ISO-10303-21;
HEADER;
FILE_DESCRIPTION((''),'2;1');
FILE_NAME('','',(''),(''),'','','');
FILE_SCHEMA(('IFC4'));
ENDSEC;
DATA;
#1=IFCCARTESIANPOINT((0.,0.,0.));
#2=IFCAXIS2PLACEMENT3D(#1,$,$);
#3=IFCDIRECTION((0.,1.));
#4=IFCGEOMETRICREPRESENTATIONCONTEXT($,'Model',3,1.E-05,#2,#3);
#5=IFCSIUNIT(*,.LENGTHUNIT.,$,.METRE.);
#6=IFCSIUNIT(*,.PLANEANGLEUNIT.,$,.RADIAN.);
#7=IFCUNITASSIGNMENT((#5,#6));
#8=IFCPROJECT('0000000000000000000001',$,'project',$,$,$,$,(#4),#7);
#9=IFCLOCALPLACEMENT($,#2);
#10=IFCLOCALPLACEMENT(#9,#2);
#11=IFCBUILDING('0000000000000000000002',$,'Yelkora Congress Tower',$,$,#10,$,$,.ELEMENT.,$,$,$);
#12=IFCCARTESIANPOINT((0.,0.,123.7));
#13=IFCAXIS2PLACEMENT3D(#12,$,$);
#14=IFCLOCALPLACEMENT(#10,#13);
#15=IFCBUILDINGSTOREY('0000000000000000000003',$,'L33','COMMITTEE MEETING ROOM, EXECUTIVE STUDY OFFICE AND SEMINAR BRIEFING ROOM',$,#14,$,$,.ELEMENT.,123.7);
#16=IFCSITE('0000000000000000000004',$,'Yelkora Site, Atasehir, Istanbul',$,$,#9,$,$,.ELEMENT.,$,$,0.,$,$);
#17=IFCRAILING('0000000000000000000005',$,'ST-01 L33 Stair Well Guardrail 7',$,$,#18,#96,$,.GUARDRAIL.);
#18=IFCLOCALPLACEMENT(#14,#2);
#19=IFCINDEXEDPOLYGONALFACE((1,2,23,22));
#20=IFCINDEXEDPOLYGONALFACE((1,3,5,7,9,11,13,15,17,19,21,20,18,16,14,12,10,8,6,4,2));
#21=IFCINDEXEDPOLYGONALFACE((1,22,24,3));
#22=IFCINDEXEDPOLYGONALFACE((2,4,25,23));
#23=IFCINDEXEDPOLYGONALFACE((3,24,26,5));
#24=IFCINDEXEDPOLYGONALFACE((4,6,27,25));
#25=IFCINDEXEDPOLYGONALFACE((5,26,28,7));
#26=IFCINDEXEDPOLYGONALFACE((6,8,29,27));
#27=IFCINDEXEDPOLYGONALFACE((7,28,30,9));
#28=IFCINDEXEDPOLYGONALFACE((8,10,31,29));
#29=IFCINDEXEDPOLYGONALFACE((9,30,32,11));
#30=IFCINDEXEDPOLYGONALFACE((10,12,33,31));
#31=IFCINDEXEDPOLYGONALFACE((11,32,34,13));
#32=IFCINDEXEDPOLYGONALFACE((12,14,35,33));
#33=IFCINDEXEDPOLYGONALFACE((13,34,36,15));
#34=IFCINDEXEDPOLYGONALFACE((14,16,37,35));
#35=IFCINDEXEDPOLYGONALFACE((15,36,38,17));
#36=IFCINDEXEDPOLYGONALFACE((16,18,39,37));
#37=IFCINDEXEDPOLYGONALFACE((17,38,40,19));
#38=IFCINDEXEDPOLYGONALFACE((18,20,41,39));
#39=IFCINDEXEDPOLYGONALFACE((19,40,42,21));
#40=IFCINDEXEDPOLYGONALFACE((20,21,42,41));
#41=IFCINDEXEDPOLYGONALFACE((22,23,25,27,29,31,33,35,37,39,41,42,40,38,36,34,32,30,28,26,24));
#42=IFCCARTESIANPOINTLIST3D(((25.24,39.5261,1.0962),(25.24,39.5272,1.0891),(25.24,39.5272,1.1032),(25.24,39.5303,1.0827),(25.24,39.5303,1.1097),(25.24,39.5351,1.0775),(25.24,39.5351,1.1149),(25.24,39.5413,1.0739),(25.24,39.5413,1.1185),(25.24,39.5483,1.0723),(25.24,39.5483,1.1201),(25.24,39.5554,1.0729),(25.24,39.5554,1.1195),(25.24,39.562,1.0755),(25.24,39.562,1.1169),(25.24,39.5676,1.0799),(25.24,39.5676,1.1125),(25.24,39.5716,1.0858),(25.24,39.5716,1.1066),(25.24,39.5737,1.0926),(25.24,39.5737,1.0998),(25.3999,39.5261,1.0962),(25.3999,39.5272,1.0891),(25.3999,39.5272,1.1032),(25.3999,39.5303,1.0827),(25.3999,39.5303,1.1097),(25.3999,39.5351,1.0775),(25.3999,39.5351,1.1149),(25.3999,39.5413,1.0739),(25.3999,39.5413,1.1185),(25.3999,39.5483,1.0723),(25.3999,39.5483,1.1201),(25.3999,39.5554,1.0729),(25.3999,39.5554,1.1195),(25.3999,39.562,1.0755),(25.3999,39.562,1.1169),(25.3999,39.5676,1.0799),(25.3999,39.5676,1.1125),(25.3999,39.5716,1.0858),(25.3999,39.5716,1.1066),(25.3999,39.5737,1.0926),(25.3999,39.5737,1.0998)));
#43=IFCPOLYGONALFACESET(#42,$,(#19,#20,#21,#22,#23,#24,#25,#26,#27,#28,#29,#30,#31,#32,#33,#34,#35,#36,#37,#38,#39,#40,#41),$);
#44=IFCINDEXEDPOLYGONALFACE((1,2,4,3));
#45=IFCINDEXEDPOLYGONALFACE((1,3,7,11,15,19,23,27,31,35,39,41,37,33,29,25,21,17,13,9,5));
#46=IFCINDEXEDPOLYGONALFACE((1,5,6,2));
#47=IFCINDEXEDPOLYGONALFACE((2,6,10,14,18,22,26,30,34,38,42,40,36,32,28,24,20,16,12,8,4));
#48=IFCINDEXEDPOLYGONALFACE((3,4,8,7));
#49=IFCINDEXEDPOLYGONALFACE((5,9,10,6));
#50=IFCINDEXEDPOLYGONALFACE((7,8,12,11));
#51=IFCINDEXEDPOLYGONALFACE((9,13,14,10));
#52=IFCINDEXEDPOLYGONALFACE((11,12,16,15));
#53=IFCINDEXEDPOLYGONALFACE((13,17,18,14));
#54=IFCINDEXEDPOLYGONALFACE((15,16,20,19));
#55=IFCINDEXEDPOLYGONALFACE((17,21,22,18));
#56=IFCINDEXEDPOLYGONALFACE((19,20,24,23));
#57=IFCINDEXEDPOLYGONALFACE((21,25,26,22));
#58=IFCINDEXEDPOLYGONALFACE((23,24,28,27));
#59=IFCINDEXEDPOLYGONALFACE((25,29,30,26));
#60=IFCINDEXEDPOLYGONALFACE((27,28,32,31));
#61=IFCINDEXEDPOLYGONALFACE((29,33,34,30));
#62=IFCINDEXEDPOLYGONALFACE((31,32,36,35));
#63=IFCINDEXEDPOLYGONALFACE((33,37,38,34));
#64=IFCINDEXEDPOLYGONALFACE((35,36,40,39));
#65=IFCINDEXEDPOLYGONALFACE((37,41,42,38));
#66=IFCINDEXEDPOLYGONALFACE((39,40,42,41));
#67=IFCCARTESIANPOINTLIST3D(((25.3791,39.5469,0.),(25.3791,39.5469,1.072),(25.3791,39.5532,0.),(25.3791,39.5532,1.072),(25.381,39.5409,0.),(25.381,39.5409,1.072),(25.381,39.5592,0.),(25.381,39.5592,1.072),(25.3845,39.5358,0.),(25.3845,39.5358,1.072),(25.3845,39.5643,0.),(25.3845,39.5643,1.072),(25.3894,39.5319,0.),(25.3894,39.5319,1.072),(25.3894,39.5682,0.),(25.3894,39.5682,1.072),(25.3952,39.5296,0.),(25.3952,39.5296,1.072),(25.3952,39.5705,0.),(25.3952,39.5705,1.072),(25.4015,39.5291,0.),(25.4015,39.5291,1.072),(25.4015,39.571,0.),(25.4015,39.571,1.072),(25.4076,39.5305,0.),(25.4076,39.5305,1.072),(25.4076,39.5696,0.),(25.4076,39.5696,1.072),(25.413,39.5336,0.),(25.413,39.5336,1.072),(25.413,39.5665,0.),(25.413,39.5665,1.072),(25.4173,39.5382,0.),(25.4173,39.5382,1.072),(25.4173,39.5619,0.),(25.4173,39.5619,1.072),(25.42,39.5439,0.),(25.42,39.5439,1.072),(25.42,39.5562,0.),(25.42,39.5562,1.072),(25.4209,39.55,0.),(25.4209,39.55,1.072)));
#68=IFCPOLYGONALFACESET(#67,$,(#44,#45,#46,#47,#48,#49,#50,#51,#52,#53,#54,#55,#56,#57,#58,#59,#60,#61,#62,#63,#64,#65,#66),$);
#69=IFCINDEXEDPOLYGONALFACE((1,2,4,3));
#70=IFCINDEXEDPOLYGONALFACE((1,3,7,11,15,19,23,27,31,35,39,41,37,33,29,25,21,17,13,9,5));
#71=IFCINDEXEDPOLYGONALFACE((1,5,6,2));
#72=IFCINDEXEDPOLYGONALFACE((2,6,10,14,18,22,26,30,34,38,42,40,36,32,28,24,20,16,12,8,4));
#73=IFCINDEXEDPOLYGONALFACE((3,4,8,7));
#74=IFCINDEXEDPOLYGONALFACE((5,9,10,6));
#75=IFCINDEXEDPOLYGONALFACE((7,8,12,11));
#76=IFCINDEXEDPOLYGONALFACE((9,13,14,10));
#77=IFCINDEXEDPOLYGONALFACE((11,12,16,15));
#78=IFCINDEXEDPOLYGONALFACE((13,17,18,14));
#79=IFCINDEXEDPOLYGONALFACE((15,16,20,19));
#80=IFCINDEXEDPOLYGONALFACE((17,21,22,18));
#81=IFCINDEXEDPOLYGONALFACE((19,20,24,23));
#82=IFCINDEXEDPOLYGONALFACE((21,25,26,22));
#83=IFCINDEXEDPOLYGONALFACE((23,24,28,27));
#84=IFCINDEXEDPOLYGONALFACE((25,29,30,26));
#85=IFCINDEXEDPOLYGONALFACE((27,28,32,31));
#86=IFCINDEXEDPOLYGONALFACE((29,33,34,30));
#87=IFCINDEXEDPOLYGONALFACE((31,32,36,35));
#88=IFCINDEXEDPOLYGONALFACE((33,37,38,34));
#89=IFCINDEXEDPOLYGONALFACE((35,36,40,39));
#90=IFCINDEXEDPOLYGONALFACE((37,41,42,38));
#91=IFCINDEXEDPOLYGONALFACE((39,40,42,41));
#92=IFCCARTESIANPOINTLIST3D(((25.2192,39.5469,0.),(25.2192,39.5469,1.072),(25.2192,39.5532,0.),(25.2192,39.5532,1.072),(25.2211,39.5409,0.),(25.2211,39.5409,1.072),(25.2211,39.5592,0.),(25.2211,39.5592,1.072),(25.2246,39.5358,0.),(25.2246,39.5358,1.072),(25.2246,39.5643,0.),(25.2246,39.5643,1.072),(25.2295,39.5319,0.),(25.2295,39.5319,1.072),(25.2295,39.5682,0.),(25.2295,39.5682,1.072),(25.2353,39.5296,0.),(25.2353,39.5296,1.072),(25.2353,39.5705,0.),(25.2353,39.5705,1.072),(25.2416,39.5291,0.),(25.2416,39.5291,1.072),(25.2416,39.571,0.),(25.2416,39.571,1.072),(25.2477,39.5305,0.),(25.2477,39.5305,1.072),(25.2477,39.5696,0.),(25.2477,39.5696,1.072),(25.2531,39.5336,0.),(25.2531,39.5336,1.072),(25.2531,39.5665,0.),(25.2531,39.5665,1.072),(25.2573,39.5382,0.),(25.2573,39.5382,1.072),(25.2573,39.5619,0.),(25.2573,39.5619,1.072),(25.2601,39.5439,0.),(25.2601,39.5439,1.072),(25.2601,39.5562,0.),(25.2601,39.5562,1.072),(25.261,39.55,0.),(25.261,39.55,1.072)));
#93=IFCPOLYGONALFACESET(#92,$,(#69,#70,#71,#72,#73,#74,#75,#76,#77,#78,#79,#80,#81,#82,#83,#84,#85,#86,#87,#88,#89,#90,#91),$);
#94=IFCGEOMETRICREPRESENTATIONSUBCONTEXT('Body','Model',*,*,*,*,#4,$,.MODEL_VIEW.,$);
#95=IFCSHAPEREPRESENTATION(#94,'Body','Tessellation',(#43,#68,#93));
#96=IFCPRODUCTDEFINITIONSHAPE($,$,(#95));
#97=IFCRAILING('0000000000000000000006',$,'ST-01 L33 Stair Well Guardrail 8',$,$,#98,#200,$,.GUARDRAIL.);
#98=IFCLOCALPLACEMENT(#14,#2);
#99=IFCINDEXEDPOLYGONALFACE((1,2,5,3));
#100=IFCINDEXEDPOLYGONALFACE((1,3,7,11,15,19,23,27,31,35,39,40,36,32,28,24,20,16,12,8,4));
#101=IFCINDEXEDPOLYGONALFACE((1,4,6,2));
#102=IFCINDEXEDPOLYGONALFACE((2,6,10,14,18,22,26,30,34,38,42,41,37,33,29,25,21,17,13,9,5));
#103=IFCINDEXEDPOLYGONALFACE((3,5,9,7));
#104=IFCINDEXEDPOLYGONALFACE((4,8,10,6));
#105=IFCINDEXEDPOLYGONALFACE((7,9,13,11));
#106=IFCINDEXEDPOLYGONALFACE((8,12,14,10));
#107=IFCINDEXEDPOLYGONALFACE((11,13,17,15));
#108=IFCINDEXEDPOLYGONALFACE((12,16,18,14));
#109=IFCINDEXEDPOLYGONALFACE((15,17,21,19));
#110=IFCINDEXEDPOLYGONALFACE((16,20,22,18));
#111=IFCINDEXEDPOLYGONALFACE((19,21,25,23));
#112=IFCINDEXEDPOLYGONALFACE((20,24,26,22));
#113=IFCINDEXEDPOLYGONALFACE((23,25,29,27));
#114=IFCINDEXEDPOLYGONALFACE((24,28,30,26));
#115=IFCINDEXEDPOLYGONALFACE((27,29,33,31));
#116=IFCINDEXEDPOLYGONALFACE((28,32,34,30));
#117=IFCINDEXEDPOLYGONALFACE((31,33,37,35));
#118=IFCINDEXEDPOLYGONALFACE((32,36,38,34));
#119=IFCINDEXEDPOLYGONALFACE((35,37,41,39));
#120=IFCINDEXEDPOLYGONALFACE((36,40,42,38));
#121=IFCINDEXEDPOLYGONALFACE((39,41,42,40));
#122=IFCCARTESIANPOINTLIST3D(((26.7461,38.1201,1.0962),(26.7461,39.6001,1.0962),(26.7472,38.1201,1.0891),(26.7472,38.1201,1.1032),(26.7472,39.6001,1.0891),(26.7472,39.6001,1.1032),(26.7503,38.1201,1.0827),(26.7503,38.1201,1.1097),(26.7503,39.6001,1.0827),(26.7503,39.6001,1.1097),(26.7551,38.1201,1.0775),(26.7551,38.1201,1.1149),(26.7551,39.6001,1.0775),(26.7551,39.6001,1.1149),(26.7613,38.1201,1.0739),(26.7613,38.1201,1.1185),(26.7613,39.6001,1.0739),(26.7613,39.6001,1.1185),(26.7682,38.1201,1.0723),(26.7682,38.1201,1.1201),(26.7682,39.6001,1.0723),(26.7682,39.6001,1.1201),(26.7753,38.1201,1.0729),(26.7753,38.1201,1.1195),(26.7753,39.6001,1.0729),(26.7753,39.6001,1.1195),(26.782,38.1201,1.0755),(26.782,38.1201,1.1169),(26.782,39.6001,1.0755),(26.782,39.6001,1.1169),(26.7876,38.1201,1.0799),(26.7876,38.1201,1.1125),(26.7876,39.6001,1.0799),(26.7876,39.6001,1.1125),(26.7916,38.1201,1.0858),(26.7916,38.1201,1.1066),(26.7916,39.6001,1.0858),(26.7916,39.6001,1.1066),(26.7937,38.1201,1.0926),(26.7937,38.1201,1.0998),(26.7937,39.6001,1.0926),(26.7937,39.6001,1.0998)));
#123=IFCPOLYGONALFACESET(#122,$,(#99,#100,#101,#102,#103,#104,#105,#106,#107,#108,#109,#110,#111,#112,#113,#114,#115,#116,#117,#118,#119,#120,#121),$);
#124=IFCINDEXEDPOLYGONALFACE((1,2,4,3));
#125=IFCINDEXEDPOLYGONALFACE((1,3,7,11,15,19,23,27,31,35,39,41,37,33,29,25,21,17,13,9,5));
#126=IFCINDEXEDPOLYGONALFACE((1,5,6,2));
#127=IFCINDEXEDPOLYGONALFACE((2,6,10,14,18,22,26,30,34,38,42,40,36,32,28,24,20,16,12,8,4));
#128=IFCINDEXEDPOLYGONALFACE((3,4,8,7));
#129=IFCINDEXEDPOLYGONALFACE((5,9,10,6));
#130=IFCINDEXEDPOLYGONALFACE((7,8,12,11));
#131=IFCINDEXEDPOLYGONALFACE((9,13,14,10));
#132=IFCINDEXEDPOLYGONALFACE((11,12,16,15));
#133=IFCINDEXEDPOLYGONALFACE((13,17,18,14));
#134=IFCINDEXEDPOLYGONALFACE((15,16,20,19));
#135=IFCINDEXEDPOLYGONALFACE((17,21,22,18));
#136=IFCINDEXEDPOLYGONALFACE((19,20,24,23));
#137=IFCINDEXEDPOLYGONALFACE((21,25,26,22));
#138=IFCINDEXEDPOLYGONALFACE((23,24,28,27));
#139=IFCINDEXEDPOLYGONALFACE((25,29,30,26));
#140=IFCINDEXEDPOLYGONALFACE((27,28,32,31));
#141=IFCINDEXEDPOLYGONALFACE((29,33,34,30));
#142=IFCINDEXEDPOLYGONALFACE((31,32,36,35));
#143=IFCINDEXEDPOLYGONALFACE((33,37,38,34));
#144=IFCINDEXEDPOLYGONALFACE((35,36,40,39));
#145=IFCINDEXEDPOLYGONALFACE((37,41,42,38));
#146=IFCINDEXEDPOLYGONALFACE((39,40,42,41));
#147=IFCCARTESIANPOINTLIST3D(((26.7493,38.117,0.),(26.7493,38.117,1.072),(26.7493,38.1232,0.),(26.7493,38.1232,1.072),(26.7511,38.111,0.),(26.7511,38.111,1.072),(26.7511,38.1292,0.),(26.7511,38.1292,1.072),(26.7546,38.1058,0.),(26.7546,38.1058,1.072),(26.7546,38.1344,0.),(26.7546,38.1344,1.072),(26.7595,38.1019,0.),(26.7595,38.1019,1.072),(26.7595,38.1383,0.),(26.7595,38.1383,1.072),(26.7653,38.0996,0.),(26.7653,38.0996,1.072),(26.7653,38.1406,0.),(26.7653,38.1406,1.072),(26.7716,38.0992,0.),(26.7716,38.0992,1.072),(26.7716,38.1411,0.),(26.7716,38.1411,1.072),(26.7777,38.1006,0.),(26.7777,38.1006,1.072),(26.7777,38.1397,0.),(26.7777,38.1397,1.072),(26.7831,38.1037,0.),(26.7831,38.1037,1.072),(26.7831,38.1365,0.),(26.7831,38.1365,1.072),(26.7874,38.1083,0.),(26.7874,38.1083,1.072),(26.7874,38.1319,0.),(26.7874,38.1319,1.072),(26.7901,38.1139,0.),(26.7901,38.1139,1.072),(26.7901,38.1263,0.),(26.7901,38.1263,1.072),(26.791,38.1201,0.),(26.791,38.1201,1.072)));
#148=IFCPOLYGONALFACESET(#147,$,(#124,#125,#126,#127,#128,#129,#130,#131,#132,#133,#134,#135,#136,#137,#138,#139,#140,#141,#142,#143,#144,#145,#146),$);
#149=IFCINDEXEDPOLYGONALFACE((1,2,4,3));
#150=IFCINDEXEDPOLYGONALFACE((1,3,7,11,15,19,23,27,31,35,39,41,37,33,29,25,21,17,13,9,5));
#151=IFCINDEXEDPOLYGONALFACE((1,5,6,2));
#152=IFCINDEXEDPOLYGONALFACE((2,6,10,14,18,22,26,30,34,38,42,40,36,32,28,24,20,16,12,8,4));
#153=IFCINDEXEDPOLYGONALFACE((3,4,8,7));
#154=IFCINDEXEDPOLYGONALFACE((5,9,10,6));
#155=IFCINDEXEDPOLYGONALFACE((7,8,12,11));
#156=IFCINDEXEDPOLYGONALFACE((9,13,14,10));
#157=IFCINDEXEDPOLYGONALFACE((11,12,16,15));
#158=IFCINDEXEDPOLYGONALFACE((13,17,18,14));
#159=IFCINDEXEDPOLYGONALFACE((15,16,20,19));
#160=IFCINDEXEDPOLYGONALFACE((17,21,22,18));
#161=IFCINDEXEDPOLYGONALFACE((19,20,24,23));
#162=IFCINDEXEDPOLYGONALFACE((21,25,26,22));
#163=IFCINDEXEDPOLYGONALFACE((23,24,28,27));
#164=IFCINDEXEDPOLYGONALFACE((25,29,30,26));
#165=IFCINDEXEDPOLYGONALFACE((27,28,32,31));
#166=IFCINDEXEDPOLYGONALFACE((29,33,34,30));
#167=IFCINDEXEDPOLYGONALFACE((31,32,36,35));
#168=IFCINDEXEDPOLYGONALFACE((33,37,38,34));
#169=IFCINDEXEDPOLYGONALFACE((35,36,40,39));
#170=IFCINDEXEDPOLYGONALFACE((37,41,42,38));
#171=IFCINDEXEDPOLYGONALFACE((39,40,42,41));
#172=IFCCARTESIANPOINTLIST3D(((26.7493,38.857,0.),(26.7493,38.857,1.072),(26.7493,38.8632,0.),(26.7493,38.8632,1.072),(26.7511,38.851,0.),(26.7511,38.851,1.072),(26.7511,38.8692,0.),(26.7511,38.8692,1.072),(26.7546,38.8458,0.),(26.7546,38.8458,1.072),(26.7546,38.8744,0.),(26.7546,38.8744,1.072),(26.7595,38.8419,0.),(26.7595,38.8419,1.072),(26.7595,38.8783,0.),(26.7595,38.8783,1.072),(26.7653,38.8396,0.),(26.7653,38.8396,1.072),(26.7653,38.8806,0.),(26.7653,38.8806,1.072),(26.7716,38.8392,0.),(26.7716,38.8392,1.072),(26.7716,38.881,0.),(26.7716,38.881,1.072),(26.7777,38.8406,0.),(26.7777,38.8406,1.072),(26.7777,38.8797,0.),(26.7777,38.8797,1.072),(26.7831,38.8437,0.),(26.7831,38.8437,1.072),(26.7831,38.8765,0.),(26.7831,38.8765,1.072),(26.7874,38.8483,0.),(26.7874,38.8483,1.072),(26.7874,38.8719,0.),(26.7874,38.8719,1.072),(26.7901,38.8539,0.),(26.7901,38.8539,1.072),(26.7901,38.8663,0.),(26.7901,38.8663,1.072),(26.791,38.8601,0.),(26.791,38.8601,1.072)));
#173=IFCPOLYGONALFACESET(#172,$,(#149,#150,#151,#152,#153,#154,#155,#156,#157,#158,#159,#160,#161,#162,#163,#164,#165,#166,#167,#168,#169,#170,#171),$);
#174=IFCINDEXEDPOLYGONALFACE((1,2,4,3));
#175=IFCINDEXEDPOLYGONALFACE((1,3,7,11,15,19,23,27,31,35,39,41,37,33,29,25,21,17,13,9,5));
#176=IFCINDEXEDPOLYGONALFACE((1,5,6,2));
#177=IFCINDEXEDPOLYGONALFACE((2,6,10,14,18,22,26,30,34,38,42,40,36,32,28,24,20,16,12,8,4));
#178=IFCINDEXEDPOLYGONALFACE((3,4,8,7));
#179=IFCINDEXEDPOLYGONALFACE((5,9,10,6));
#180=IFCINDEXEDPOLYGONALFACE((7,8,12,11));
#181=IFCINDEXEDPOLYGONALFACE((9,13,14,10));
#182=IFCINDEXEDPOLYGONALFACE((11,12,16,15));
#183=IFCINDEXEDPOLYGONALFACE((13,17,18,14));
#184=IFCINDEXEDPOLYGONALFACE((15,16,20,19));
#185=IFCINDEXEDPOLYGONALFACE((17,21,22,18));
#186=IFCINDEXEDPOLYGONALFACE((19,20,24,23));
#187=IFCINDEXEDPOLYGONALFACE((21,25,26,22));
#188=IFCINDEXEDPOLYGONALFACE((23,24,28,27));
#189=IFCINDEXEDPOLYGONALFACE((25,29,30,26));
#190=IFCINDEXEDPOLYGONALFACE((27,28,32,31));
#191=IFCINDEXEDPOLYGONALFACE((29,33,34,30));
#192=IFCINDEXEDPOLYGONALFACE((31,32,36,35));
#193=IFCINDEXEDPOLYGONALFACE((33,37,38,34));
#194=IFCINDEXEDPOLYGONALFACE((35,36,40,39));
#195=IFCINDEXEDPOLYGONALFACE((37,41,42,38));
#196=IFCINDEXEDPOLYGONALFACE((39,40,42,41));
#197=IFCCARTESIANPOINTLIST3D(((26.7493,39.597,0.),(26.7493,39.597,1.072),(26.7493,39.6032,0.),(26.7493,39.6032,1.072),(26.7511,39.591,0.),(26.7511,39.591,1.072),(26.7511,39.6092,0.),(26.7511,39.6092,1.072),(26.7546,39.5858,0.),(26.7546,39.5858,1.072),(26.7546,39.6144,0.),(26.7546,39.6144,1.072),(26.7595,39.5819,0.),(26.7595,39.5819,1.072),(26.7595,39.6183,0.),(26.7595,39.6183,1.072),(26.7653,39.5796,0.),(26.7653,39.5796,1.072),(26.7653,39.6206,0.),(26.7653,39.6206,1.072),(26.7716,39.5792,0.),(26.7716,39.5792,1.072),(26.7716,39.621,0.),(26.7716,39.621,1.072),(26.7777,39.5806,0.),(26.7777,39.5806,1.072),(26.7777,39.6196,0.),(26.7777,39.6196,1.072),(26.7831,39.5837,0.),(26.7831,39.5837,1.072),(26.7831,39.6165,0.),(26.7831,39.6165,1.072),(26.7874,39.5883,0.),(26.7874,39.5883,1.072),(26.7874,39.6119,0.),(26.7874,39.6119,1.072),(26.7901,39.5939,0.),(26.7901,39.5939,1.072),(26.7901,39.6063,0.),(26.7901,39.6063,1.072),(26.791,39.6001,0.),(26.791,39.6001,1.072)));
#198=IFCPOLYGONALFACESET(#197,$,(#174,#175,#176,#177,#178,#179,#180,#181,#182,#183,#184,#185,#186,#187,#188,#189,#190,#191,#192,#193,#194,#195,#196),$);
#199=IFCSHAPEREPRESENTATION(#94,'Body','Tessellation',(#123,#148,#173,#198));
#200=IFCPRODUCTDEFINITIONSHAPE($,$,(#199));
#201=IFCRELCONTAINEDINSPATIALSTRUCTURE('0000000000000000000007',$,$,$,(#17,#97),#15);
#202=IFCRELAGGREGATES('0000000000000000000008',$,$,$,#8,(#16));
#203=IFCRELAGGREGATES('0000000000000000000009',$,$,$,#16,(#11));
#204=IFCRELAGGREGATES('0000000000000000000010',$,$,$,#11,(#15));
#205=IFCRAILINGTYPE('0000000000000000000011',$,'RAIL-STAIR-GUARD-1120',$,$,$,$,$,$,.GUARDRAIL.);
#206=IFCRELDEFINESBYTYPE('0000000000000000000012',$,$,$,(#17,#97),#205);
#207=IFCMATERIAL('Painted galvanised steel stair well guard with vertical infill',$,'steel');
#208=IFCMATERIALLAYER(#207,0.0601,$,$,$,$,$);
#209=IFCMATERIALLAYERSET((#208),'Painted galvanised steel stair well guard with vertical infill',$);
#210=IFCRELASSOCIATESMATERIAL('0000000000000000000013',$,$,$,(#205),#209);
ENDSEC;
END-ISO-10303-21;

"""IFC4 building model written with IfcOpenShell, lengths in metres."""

from ifc_helpers import new_model, si_unit, direction, frame, origin, origin_2d, place, context, subcontext, project, spatial, circle, extrude, material, layer, layer_set, type_object, element, save


model = new_model("IFC4")

# Units and contexts
model_context = context("Model", 3, precision=1e-05, world=origin(), true_north=direction((0.0, 1.0)))
body_context = subcontext(model_context, "Body", "Model", "MODEL_VIEW")
ifc_project = project(units=[si_unit("LENGTHUNIT", "METRE"), si_unit("PLANEANGLEUNIT", "RADIAN")], contexts=[model_context])

# Site, building, storey
site_placement = place(None, origin())
site = spatial("IfcSite", under=ifc_project, at=site_placement, Name="Yelkora Site, Atasehir, Istanbul", CompositionType="ELEMENT", RefElevation=0.0)
building_placement = place(site_placement, origin())
building = spatial("IfcBuilding", under=site, at=building_placement, Name="Yelkora Congress Tower", CompositionType="ELEMENT")
storey_placement = place(building_placement, frame((0.0, 0.0, 123.7)))
storey = spatial("IfcBuildingStorey", under=building, at=storey_placement, Name="L33", Description="COMMITTEE MEETING ROOM, EXECUTIVE STUDY OFFICE AND SEMINAR BRIEFING ROOM", CompositionType="ELEMENT", Elevation=123.7)

# Railings
ifc_material_1 = material(Name="Painted galvanised steel stair well guard with vertical infill", Category="steel")
ifc_layer_1 = layer(ifc_material_1, 0.0601)
ifc_layer_set_1 = layer_set([ifc_layer_1], Name="Painted galvanised steel stair well guard with vertical infill")
railing_type_1 = type_object("IfcRailingType", Name="RAIL-STAIR-GUARD-1120", PredefinedType="GUARDRAIL", material=ifc_layer_set_1)
railing_1_placement = place(storey_placement, frame((25.3999, 39.55, 0.0)))
element("IfcRailing", 1, at=railing_1_placement, inside=storey, type_object=railing_type_1, Name="ST-01 L33 Stair Well Guardrail 7", PredefinedType="GUARDRAIL", context=body_context, shape_type="SweptSolid", body=[
    extrude(circle(Radius=0.0239, at=origin_2d()), frame((0.0, 0.0, 1.0962), z_axis=(-1.0, 0.0, 0.0), x_axis=(0.0, -1.0, 0.0)), (0.0, 0.0, 1.0), 0.1599),
    extrude(circle(Radius=0.021, at=origin_2d()), origin(), (0.0, 0.0, 1.0), 1.072),
    extrude(circle(Radius=0.021, at=origin_2d()), frame((-0.1599, 0.0, 0.0)), (0.0, 0.0, 1.0), 1.072),
])
railing_2_placement = place(storey_placement, frame((26.77, 38.1201, 0.0)))
element("IfcRailing", 2, at=railing_2_placement, inside=storey, type_object=railing_type_1, Name="ST-01 L33 Stair Well Guardrail 8", PredefinedType="GUARDRAIL", context=body_context, shape_type="SweptSolid", body=[
    extrude(circle(Radius=0.0239, at=origin_2d()), frame((0.0, 0.0, 1.0962), z_axis=(0.0, 1.0, 0.0), x_axis=(-1.0, 0.0, 0.0)), (0.0, 0.0, 1.0), 1.48),
    extrude(circle(Radius=0.021, at=origin_2d()), origin(), (0.0, 0.0, 1.0), 1.072),
    extrude(circle(Radius=0.021, at=origin_2d()), frame((0.0, 0.74, 0.0)), (0.0, 0.0, 1.0), 1.072),
    extrude(circle(Radius=0.021, at=origin_2d()), frame((0.0, 1.48, 0.0)), (0.0, 0.0, 1.0), 1.072),
])

save(model, "model.ifc")
